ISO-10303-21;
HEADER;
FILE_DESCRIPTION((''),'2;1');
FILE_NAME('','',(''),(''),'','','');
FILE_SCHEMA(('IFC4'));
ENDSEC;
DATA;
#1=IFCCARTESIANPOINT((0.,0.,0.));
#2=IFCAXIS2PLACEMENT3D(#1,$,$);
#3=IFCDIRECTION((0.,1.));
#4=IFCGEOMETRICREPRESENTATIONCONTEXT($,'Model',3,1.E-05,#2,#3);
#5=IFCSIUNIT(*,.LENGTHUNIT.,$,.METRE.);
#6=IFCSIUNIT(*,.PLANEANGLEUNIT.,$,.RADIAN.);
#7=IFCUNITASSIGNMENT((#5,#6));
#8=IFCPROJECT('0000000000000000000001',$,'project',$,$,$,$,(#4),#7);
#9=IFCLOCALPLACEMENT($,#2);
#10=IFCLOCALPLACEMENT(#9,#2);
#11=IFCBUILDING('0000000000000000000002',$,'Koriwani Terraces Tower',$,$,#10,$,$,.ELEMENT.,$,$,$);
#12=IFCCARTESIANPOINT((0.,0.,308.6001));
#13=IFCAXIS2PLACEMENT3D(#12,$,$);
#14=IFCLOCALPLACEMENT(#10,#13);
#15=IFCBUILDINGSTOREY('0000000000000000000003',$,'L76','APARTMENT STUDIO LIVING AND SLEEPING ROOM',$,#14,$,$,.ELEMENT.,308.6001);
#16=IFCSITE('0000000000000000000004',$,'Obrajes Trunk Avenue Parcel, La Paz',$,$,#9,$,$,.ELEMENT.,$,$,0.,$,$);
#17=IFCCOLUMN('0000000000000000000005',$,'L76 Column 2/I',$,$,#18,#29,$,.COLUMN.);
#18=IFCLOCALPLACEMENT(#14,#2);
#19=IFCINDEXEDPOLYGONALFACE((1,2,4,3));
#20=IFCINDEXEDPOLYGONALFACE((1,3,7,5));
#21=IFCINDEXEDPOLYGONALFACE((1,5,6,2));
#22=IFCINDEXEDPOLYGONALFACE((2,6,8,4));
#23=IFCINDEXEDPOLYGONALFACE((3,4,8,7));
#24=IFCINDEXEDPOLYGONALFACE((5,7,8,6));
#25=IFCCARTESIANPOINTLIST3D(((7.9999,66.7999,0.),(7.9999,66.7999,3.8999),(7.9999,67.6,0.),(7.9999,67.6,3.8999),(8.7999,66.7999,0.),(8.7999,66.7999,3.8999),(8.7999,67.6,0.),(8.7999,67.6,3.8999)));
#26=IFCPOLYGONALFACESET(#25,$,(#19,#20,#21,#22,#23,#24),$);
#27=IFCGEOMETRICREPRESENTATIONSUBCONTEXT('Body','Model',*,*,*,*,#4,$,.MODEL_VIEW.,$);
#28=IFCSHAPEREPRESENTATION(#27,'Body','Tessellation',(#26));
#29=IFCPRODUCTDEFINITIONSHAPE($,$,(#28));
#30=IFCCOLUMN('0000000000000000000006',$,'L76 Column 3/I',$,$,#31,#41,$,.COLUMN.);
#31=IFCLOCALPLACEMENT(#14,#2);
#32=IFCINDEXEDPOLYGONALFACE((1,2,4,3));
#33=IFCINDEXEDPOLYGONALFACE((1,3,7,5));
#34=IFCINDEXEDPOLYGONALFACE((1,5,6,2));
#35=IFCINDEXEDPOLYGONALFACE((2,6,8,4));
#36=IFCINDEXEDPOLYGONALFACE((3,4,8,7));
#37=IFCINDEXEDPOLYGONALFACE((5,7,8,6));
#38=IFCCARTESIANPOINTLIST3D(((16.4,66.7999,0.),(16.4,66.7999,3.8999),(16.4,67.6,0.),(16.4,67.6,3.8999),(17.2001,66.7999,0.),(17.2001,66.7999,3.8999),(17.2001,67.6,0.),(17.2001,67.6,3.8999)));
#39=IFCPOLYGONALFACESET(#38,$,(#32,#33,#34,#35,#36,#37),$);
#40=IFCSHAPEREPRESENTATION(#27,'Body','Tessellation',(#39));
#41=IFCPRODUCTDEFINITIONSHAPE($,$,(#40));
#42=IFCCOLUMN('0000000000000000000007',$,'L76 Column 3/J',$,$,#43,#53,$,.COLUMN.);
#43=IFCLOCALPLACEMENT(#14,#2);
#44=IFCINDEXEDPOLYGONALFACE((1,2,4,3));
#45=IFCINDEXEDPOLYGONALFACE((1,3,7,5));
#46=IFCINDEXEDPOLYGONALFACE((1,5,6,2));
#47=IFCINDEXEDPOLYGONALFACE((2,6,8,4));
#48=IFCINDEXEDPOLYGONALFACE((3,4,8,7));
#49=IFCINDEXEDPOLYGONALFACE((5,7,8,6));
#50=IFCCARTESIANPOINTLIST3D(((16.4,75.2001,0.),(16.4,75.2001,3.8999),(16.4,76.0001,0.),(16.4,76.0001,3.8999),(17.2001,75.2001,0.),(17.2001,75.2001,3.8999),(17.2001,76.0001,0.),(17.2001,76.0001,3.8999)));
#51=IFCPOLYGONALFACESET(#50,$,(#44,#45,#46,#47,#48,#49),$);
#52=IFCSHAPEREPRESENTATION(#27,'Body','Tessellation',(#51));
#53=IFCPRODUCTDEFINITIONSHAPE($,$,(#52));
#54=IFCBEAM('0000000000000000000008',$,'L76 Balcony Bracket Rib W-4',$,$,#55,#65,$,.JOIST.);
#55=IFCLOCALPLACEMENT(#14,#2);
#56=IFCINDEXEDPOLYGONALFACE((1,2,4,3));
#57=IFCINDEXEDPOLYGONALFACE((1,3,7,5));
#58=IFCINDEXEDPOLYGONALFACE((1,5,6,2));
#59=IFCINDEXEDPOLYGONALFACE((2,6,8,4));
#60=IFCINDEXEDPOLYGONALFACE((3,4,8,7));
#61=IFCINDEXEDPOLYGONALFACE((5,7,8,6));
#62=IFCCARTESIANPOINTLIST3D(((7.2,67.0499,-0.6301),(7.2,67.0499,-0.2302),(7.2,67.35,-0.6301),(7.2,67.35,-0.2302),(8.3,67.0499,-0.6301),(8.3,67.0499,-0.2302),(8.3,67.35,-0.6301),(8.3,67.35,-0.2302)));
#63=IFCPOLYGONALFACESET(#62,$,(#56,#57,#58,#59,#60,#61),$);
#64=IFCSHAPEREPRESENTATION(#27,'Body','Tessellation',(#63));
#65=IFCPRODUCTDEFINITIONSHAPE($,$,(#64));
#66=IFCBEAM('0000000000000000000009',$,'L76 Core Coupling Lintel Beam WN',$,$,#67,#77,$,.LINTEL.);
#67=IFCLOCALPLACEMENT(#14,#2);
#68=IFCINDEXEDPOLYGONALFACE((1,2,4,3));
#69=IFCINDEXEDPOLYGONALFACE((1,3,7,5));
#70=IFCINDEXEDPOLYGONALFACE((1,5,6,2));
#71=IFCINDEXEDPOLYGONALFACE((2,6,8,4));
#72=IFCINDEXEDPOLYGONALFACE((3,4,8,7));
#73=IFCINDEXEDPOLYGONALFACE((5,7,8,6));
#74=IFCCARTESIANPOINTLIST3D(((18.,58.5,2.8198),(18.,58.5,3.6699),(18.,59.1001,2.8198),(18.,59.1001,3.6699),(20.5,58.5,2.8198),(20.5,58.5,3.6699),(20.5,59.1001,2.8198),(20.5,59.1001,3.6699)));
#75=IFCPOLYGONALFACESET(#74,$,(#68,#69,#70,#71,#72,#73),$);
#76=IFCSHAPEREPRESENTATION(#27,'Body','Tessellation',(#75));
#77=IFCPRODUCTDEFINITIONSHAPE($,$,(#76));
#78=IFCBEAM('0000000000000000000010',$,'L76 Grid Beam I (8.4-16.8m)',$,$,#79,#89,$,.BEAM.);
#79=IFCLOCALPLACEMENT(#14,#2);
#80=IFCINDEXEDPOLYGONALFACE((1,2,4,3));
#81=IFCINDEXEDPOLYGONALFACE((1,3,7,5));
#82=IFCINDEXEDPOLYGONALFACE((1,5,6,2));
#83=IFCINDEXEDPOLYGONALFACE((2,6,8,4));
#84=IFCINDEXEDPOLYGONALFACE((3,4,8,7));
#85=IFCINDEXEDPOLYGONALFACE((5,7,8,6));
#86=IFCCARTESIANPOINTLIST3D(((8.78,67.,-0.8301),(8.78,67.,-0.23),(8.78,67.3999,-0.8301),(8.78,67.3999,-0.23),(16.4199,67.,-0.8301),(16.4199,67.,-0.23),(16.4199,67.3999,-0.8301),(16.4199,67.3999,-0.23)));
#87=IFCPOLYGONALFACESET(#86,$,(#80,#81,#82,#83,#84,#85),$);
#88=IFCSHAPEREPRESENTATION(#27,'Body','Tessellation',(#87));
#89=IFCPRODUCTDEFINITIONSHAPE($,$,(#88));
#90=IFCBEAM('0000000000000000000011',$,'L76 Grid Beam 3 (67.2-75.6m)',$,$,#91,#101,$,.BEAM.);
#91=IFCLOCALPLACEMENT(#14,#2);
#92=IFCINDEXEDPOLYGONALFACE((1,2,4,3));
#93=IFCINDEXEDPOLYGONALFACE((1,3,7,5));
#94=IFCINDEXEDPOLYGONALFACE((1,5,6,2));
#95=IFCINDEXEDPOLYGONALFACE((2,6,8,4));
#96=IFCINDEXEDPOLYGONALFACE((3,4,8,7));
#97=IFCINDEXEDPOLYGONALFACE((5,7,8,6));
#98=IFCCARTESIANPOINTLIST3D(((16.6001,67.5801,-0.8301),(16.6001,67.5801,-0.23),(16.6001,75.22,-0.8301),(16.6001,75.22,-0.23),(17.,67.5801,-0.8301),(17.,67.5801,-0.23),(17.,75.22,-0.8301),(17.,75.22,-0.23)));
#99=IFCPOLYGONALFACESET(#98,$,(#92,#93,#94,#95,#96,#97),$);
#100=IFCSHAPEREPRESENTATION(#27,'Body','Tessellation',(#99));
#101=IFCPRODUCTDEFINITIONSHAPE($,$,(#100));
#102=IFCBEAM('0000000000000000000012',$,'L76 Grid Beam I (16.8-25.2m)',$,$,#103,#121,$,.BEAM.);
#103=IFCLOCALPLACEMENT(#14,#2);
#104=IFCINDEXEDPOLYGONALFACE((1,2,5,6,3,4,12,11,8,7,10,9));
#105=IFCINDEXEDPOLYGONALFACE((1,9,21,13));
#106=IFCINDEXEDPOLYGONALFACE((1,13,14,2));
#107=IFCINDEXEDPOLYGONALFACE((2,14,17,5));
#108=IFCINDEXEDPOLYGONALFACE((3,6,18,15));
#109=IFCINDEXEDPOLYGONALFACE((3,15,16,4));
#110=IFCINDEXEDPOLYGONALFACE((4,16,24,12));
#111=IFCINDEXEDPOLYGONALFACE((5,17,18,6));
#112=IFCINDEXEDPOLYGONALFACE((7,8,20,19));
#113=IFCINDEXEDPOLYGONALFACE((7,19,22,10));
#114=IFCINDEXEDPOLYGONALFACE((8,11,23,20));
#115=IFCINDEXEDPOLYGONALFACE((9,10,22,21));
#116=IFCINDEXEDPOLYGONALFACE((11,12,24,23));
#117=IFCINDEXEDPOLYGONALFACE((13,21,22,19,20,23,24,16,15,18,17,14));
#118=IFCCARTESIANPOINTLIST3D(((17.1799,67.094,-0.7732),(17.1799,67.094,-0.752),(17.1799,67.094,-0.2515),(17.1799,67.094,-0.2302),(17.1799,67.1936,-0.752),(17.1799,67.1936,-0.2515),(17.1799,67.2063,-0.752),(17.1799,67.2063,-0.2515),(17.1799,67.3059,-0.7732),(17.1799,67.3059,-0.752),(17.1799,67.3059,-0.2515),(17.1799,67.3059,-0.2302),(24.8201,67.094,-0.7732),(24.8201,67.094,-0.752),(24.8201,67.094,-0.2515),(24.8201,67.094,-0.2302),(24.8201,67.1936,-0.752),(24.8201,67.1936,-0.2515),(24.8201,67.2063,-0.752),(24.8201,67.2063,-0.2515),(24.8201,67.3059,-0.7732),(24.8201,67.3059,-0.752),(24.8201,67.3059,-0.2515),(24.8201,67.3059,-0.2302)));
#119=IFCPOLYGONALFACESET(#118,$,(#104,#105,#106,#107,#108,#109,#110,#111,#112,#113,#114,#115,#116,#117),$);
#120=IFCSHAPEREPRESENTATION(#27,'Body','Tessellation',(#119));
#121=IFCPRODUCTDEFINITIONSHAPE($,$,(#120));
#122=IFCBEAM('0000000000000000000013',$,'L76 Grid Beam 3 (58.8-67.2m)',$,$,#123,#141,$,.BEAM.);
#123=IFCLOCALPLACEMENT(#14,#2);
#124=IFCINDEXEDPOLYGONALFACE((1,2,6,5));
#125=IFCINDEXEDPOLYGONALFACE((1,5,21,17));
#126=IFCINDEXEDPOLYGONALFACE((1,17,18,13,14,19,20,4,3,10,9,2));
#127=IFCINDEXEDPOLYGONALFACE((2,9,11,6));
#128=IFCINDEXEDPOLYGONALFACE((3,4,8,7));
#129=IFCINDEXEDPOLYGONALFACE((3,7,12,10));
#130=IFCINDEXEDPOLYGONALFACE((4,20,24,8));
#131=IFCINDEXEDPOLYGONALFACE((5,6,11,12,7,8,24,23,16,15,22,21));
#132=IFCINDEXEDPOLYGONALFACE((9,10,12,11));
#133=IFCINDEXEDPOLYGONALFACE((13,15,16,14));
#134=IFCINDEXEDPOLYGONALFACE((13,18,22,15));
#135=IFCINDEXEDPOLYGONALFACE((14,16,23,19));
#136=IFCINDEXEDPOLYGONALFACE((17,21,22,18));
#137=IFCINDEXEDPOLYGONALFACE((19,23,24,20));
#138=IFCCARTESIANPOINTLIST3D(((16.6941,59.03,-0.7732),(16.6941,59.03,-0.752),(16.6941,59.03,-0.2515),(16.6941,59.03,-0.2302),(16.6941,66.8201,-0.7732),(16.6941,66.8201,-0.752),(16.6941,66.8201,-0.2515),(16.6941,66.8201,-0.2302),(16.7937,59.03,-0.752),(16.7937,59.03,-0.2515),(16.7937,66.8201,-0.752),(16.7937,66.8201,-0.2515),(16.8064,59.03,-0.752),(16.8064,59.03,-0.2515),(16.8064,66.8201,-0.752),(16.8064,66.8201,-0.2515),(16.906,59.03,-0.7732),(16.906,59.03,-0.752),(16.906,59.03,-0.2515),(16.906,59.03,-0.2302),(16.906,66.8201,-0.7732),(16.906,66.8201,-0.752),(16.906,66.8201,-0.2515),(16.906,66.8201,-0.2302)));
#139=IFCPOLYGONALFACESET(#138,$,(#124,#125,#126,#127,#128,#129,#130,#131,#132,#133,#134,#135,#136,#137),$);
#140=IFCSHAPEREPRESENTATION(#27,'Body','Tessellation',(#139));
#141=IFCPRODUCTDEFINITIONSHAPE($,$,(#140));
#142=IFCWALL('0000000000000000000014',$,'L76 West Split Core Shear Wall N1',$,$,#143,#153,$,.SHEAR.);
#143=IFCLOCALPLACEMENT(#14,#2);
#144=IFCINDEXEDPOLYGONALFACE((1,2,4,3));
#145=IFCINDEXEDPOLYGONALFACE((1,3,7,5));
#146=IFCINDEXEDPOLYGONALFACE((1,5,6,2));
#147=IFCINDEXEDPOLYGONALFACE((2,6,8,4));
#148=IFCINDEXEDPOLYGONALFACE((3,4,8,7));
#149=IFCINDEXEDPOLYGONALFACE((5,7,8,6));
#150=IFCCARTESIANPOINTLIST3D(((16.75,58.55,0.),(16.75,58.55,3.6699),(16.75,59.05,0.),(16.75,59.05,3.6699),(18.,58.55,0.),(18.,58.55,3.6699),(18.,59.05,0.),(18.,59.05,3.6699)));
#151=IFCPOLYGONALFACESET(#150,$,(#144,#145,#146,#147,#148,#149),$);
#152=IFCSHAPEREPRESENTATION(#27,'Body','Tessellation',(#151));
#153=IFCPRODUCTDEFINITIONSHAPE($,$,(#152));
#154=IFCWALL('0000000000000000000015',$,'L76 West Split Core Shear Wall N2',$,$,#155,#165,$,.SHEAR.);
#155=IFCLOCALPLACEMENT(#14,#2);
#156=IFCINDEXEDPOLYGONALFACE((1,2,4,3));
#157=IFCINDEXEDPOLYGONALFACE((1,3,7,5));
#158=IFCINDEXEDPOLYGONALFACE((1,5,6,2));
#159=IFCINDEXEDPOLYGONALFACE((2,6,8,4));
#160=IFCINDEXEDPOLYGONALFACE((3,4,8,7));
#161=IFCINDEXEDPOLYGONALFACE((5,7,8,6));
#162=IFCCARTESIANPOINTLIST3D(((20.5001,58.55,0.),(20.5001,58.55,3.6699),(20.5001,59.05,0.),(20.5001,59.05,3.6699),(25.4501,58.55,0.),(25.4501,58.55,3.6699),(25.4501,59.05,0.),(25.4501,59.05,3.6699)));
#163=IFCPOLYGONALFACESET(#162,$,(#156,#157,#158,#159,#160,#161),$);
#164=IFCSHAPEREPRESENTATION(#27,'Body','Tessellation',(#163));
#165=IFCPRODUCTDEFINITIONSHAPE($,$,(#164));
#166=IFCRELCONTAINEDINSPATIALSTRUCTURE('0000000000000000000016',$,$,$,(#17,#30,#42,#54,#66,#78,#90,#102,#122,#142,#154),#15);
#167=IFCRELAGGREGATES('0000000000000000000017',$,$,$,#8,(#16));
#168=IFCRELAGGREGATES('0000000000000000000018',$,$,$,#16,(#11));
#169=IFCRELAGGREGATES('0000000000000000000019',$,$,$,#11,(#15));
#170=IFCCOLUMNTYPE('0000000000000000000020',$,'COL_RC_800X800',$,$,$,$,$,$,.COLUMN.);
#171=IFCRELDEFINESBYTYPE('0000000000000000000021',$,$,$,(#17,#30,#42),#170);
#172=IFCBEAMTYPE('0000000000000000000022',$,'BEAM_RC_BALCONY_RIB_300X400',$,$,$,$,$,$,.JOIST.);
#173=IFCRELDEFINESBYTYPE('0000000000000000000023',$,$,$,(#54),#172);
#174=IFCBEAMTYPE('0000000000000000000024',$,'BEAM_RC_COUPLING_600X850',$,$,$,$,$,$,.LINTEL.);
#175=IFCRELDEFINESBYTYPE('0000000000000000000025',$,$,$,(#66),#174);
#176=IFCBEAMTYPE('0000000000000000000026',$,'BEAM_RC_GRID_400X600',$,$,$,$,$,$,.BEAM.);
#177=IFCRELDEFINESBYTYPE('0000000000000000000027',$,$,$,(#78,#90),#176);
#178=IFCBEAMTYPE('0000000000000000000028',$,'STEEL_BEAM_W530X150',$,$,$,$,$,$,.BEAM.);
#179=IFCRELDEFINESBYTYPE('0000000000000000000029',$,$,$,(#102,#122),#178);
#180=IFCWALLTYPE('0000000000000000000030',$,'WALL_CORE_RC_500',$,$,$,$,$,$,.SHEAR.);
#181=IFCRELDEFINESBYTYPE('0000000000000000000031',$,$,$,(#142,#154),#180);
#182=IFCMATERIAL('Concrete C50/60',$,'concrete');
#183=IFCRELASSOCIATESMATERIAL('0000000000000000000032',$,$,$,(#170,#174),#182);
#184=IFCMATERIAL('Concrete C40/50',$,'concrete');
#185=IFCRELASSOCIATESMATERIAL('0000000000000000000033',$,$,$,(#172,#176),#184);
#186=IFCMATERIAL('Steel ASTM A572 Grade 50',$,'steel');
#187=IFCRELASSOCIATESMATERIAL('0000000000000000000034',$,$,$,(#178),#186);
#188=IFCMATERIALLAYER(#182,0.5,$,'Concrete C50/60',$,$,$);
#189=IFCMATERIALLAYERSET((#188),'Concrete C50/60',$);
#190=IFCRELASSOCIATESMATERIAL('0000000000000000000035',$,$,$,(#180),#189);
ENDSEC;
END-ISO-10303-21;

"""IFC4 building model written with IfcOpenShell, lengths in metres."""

from ifc_helpers import new_model, si_unit, direction, frame, frame_2d, origin, origin_2d, place, context, subcontext, project, spatial, rectangle, i_section, extrude, material, layer, layer_set, material_profile, profile_set, type_object, element, save


model = new_model("IFC4")

# Units and contexts
model_context = context("Model", 3, precision=1e-05, world=origin(), true_north=direction((0.0, 1.0)))
body_context = subcontext(model_context, "Body", "Model", "MODEL_VIEW")
ifc_project = project(units=[si_unit("LENGTHUNIT", "METRE"), si_unit("PLANEANGLEUNIT", "RADIAN")], contexts=[model_context])

# Site, building, storey
site_placement = place(None, origin())
site = spatial("IfcSite", under=ifc_project, at=site_placement, Name="Obrajes Trunk Avenue Parcel, La Paz", CompositionType="ELEMENT", RefElevation=0.0)
building_placement = place(site_placement, origin())
building = spatial("IfcBuilding", under=site, at=building_placement, Name="Koriwani Terraces Tower", CompositionType="ELEMENT")
storey_placement = place(building_placement, frame((0.0, 0.0, 308.6001)))
storey = spatial("IfcBuildingStorey", under=building, at=storey_placement, Name="L76", Description="APARTMENT STUDIO LIVING AND SLEEPING ROOM", CompositionType="ELEMENT", Elevation=308.6001)

# Columns
ifc_material_1 = material(Name="Concrete C50/60", Category="concrete")
ifc_material_profile_1 = material_profile(ifc_material_1, rectangle(XDim=0.8, YDim=0.8, at=origin_2d()), Name="Concrete C50/60", Category="LoadBearing")
ifc_profile_set_1 = profile_set([ifc_material_profile_1], Name="Concrete C50/60")
column_type = type_object("IfcColumnType", Name="COL_RC_800X800", PredefinedType="COLUMN", material=ifc_profile_set_1)
for number, where, z_axis, x_axis, name in (
    (1, (8.3999, 67.2, 0.0), (0.0, 0.0, 1.0), (1.0, 0.0, 0.0), "L76 Column 2/I"),
    (2, (16.8, 67.2, 0.0), (0.0, 0.0, 1.0), (1.0, 0.0, 0.0), "L76 Column 3/I"),
    (3, (16.8, 75.6001, 0.0), (0.0, 0.0, 1.0), (1.0, 0.0, 0.0), "L76 Column 3/J"),
):
    element("IfcColumn", number, at=place(storey_placement, frame(where, z_axis=z_axis, x_axis=x_axis)), inside=storey, type_object=column_type, Name=name, PredefinedType="COLUMN", context=body_context, shape_type="SweptSolid", body=[
        extrude(rectangle(XDim=0.8, YDim=0.8, at=origin_2d()), origin(), (0.0, 0.0, 1.0), 3.8999),
    ])

# Beams
ifc_material_2 = material(Name="Concrete C40/50", Category="concrete")
ifc_material_profile_2 = material_profile(ifc_material_2, rectangle(XDim=0.3, YDim=0.3999, at=origin_2d()), Name="Concrete C40/50", Category="LoadBearing")
ifc_profile_set_2 = profile_set([ifc_material_profile_2], Name="Concrete C40/50")
beam_type_1 = type_object("IfcBeamType", Name="BEAM_RC_BALCONY_RIB_300X400", PredefinedType="JOIST", material=ifc_profile_set_2)
beam_1_placement = place(storey_placement, frame((7.2, 67.2, -0.4302), z_axis=(1.0, 0.0, 0.0), x_axis=(0.0, 1.0, 0.0)))
element("IfcBeam", 4, at=beam_1_placement, inside=storey, type_object=beam_type_1, Name="L76 Balcony Bracket Rib W-4", PredefinedType="JOIST", context=body_context, shape_type="SweptSolid", body=[
    extrude(rectangle(XDim=0.3, YDim=0.3999, at=origin_2d()), origin(), (0.0, 0.0, 1.0), 1.1001),
])
ifc_material_profile_3 = material_profile(ifc_material_1, rectangle(XDim=0.6001, YDim=0.8501, at=origin_2d()), Name="Concrete C50/60", Category="LoadBearing")
ifc_profile_set_3 = profile_set([ifc_material_profile_3], Name="Concrete C50/60")
beam_type_2 = type_object("IfcBeamType", Name="BEAM_RC_COUPLING_600X850", PredefinedType="LINTEL", material=ifc_profile_set_3)
beam_2_placement = place(storey_placement, frame((18.0, 58.8, 3.2449), z_axis=(1.0, 0.0, 0.0), x_axis=(0.0, 1.0, 0.0)))
element("IfcBeam", 5, at=beam_2_placement, inside=storey, type_object=beam_type_2, Name="L76 Core Coupling Lintel Beam WN", PredefinedType="LINTEL", context=body_context, shape_type="SweptSolid", body=[
    extrude(rectangle(XDim=0.6001, YDim=0.8501, at=origin_2d()), origin(), (0.0, 0.0, 1.0), 2.5),
])
ifc_material_profile_4 = material_profile(ifc_material_2, rectangle(XDim=0.3999, YDim=0.6001, at=origin_2d()), Name="Concrete C40/50", Category="LoadBearing")
ifc_profile_set_4 = profile_set([ifc_material_profile_4], Name="Concrete C40/50")
beam_type_3 = type_object("IfcBeamType", Name="BEAM_RC_GRID_400X600", PredefinedType="BEAM", material=ifc_profile_set_4)
for number, where, z_axis, x_axis, name in (
    (6, (8.78, 67.2, -0.53), (1.0, 0.0, 0.0), (0.0, 1.0, 0.0), "L76 Grid Beam I (8.4-16.8m)"),
    (7, (16.8, 67.5801, -0.53), (0.0, 1.0, 0.0), (-1.0, 0.0, 0.0), "L76 Grid Beam 3 (67.2-75.6m)"),
):
    element("IfcBeam", number, at=place(storey_placement, frame(where, z_axis=z_axis, x_axis=x_axis)), inside=storey, type_object=beam_type_3, Name=name, PredefinedType="BEAM", context=body_context, shape_type="SweptSolid", body=[
        extrude(rectangle(XDim=0.3999, YDim=0.6001, at=origin_2d()), origin(), (0.0, 0.0, 1.0), 7.6399),
    ])
ifc_material_3 = material(Name="Steel ASTM A572 Grade 50", Category="steel")
ifc_material_profile_5 = material_profile(ifc_material_3, i_section(OverallWidth=0.2119, OverallDepth=0.543, WebThickness=0.0127, FlangeThickness=0.0212, at=origin_2d()), Name="Steel ASTM A572 Grade 50", Category="LoadBearing")
ifc_profile_set_5 = profile_set([ifc_material_profile_5], Name="Steel ASTM A572 Grade 50")
beam_type_4 = type_object("IfcBeamType", Name="STEEL_BEAM_W530X150", PredefinedType="BEAM", material=ifc_profile_set_5)
beam_3_placement = place(storey_placement, frame((17.1799, 67.2, -0.5017), z_axis=(1.0, 0.0, 0.0), x_axis=(0.0, 1.0, 0.0)))
element("IfcBeam", 8, at=beam_3_placement, inside=storey, type_object=beam_type_4, Name="L76 Grid Beam I (16.8-25.2m)", PredefinedType="BEAM", context=body_context, shape_type="SweptSolid", body=[
    extrude(i_section(OverallWidth=0.2119, OverallDepth=0.543, WebThickness=0.0127, FlangeThickness=0.0212, at=origin_2d()), origin(), (0.0, 0.0, 1.0), 7.6401),
])
beam_4_placement = place(storey_placement, frame((16.8, 59.03, -0.5017), z_axis=(0.0, 1.0, 0.0), x_axis=(-1.0, 0.0, 0.0)))
element("IfcBeam", 9, at=beam_4_placement, inside=storey, type_object=beam_type_4, Name="L76 Grid Beam 3 (58.8-67.2m)", PredefinedType="BEAM", context=body_context, shape_type="SweptSolid", body=[
    extrude(i_section(OverallWidth=0.2119, OverallDepth=0.543, WebThickness=0.0127, FlangeThickness=0.0212, at=origin_2d()), origin(), (0.0, 0.0, 1.0), 7.79),
])

# Walls
ifc_layer_1 = layer(ifc_material_1, 0.5, Name="Concrete C50/60")
ifc_layer_set_1 = layer_set([ifc_layer_1], Name="Concrete C50/60")
wall_type_1 = type_object("IfcWallType", Name="WALL_CORE_RC_500", PredefinedType="SHEAR", material=ifc_layer_set_1)
wall_1_placement = place(storey_placement, frame((16.75, 58.8, 0.0), z_axis=(0.0, 0.0, 1.0), x_axis=(1.0, 0.0, 0.0)))
element("IfcWall", 10, at=wall_1_placement, inside=storey, type_object=wall_type_1, Name="L76 West Split Core Shear Wall N1", PredefinedType="SHEAR", context=body_context, shape_type="SweptSolid", body=[
    extrude(rectangle(XDim=1.25, YDim=0.5, at=frame_2d((0.625, 0.0))), origin(), (0.0, 0.0, 1.0), 3.6699),
])
wall_2_placement = place(storey_placement, frame((20.5, 58.8, 0.0), z_axis=(0.0, 0.0, 1.0), x_axis=(1.0, 0.0, 0.0)))
element("IfcWall", 11, at=wall_2_placement, inside=storey, type_object=wall_type_1, Name="L76 West Split Core Shear Wall N2", PredefinedType="SHEAR", context=body_context, shape_type="SweptSolid", body=[
    extrude(rectangle(XDim=4.95, YDim=0.5, at=frame_2d((2.4751, 0.0))), origin(), (0.0, 0.0, 1.0), 3.6699),
])

save(model, "model.ifc")
